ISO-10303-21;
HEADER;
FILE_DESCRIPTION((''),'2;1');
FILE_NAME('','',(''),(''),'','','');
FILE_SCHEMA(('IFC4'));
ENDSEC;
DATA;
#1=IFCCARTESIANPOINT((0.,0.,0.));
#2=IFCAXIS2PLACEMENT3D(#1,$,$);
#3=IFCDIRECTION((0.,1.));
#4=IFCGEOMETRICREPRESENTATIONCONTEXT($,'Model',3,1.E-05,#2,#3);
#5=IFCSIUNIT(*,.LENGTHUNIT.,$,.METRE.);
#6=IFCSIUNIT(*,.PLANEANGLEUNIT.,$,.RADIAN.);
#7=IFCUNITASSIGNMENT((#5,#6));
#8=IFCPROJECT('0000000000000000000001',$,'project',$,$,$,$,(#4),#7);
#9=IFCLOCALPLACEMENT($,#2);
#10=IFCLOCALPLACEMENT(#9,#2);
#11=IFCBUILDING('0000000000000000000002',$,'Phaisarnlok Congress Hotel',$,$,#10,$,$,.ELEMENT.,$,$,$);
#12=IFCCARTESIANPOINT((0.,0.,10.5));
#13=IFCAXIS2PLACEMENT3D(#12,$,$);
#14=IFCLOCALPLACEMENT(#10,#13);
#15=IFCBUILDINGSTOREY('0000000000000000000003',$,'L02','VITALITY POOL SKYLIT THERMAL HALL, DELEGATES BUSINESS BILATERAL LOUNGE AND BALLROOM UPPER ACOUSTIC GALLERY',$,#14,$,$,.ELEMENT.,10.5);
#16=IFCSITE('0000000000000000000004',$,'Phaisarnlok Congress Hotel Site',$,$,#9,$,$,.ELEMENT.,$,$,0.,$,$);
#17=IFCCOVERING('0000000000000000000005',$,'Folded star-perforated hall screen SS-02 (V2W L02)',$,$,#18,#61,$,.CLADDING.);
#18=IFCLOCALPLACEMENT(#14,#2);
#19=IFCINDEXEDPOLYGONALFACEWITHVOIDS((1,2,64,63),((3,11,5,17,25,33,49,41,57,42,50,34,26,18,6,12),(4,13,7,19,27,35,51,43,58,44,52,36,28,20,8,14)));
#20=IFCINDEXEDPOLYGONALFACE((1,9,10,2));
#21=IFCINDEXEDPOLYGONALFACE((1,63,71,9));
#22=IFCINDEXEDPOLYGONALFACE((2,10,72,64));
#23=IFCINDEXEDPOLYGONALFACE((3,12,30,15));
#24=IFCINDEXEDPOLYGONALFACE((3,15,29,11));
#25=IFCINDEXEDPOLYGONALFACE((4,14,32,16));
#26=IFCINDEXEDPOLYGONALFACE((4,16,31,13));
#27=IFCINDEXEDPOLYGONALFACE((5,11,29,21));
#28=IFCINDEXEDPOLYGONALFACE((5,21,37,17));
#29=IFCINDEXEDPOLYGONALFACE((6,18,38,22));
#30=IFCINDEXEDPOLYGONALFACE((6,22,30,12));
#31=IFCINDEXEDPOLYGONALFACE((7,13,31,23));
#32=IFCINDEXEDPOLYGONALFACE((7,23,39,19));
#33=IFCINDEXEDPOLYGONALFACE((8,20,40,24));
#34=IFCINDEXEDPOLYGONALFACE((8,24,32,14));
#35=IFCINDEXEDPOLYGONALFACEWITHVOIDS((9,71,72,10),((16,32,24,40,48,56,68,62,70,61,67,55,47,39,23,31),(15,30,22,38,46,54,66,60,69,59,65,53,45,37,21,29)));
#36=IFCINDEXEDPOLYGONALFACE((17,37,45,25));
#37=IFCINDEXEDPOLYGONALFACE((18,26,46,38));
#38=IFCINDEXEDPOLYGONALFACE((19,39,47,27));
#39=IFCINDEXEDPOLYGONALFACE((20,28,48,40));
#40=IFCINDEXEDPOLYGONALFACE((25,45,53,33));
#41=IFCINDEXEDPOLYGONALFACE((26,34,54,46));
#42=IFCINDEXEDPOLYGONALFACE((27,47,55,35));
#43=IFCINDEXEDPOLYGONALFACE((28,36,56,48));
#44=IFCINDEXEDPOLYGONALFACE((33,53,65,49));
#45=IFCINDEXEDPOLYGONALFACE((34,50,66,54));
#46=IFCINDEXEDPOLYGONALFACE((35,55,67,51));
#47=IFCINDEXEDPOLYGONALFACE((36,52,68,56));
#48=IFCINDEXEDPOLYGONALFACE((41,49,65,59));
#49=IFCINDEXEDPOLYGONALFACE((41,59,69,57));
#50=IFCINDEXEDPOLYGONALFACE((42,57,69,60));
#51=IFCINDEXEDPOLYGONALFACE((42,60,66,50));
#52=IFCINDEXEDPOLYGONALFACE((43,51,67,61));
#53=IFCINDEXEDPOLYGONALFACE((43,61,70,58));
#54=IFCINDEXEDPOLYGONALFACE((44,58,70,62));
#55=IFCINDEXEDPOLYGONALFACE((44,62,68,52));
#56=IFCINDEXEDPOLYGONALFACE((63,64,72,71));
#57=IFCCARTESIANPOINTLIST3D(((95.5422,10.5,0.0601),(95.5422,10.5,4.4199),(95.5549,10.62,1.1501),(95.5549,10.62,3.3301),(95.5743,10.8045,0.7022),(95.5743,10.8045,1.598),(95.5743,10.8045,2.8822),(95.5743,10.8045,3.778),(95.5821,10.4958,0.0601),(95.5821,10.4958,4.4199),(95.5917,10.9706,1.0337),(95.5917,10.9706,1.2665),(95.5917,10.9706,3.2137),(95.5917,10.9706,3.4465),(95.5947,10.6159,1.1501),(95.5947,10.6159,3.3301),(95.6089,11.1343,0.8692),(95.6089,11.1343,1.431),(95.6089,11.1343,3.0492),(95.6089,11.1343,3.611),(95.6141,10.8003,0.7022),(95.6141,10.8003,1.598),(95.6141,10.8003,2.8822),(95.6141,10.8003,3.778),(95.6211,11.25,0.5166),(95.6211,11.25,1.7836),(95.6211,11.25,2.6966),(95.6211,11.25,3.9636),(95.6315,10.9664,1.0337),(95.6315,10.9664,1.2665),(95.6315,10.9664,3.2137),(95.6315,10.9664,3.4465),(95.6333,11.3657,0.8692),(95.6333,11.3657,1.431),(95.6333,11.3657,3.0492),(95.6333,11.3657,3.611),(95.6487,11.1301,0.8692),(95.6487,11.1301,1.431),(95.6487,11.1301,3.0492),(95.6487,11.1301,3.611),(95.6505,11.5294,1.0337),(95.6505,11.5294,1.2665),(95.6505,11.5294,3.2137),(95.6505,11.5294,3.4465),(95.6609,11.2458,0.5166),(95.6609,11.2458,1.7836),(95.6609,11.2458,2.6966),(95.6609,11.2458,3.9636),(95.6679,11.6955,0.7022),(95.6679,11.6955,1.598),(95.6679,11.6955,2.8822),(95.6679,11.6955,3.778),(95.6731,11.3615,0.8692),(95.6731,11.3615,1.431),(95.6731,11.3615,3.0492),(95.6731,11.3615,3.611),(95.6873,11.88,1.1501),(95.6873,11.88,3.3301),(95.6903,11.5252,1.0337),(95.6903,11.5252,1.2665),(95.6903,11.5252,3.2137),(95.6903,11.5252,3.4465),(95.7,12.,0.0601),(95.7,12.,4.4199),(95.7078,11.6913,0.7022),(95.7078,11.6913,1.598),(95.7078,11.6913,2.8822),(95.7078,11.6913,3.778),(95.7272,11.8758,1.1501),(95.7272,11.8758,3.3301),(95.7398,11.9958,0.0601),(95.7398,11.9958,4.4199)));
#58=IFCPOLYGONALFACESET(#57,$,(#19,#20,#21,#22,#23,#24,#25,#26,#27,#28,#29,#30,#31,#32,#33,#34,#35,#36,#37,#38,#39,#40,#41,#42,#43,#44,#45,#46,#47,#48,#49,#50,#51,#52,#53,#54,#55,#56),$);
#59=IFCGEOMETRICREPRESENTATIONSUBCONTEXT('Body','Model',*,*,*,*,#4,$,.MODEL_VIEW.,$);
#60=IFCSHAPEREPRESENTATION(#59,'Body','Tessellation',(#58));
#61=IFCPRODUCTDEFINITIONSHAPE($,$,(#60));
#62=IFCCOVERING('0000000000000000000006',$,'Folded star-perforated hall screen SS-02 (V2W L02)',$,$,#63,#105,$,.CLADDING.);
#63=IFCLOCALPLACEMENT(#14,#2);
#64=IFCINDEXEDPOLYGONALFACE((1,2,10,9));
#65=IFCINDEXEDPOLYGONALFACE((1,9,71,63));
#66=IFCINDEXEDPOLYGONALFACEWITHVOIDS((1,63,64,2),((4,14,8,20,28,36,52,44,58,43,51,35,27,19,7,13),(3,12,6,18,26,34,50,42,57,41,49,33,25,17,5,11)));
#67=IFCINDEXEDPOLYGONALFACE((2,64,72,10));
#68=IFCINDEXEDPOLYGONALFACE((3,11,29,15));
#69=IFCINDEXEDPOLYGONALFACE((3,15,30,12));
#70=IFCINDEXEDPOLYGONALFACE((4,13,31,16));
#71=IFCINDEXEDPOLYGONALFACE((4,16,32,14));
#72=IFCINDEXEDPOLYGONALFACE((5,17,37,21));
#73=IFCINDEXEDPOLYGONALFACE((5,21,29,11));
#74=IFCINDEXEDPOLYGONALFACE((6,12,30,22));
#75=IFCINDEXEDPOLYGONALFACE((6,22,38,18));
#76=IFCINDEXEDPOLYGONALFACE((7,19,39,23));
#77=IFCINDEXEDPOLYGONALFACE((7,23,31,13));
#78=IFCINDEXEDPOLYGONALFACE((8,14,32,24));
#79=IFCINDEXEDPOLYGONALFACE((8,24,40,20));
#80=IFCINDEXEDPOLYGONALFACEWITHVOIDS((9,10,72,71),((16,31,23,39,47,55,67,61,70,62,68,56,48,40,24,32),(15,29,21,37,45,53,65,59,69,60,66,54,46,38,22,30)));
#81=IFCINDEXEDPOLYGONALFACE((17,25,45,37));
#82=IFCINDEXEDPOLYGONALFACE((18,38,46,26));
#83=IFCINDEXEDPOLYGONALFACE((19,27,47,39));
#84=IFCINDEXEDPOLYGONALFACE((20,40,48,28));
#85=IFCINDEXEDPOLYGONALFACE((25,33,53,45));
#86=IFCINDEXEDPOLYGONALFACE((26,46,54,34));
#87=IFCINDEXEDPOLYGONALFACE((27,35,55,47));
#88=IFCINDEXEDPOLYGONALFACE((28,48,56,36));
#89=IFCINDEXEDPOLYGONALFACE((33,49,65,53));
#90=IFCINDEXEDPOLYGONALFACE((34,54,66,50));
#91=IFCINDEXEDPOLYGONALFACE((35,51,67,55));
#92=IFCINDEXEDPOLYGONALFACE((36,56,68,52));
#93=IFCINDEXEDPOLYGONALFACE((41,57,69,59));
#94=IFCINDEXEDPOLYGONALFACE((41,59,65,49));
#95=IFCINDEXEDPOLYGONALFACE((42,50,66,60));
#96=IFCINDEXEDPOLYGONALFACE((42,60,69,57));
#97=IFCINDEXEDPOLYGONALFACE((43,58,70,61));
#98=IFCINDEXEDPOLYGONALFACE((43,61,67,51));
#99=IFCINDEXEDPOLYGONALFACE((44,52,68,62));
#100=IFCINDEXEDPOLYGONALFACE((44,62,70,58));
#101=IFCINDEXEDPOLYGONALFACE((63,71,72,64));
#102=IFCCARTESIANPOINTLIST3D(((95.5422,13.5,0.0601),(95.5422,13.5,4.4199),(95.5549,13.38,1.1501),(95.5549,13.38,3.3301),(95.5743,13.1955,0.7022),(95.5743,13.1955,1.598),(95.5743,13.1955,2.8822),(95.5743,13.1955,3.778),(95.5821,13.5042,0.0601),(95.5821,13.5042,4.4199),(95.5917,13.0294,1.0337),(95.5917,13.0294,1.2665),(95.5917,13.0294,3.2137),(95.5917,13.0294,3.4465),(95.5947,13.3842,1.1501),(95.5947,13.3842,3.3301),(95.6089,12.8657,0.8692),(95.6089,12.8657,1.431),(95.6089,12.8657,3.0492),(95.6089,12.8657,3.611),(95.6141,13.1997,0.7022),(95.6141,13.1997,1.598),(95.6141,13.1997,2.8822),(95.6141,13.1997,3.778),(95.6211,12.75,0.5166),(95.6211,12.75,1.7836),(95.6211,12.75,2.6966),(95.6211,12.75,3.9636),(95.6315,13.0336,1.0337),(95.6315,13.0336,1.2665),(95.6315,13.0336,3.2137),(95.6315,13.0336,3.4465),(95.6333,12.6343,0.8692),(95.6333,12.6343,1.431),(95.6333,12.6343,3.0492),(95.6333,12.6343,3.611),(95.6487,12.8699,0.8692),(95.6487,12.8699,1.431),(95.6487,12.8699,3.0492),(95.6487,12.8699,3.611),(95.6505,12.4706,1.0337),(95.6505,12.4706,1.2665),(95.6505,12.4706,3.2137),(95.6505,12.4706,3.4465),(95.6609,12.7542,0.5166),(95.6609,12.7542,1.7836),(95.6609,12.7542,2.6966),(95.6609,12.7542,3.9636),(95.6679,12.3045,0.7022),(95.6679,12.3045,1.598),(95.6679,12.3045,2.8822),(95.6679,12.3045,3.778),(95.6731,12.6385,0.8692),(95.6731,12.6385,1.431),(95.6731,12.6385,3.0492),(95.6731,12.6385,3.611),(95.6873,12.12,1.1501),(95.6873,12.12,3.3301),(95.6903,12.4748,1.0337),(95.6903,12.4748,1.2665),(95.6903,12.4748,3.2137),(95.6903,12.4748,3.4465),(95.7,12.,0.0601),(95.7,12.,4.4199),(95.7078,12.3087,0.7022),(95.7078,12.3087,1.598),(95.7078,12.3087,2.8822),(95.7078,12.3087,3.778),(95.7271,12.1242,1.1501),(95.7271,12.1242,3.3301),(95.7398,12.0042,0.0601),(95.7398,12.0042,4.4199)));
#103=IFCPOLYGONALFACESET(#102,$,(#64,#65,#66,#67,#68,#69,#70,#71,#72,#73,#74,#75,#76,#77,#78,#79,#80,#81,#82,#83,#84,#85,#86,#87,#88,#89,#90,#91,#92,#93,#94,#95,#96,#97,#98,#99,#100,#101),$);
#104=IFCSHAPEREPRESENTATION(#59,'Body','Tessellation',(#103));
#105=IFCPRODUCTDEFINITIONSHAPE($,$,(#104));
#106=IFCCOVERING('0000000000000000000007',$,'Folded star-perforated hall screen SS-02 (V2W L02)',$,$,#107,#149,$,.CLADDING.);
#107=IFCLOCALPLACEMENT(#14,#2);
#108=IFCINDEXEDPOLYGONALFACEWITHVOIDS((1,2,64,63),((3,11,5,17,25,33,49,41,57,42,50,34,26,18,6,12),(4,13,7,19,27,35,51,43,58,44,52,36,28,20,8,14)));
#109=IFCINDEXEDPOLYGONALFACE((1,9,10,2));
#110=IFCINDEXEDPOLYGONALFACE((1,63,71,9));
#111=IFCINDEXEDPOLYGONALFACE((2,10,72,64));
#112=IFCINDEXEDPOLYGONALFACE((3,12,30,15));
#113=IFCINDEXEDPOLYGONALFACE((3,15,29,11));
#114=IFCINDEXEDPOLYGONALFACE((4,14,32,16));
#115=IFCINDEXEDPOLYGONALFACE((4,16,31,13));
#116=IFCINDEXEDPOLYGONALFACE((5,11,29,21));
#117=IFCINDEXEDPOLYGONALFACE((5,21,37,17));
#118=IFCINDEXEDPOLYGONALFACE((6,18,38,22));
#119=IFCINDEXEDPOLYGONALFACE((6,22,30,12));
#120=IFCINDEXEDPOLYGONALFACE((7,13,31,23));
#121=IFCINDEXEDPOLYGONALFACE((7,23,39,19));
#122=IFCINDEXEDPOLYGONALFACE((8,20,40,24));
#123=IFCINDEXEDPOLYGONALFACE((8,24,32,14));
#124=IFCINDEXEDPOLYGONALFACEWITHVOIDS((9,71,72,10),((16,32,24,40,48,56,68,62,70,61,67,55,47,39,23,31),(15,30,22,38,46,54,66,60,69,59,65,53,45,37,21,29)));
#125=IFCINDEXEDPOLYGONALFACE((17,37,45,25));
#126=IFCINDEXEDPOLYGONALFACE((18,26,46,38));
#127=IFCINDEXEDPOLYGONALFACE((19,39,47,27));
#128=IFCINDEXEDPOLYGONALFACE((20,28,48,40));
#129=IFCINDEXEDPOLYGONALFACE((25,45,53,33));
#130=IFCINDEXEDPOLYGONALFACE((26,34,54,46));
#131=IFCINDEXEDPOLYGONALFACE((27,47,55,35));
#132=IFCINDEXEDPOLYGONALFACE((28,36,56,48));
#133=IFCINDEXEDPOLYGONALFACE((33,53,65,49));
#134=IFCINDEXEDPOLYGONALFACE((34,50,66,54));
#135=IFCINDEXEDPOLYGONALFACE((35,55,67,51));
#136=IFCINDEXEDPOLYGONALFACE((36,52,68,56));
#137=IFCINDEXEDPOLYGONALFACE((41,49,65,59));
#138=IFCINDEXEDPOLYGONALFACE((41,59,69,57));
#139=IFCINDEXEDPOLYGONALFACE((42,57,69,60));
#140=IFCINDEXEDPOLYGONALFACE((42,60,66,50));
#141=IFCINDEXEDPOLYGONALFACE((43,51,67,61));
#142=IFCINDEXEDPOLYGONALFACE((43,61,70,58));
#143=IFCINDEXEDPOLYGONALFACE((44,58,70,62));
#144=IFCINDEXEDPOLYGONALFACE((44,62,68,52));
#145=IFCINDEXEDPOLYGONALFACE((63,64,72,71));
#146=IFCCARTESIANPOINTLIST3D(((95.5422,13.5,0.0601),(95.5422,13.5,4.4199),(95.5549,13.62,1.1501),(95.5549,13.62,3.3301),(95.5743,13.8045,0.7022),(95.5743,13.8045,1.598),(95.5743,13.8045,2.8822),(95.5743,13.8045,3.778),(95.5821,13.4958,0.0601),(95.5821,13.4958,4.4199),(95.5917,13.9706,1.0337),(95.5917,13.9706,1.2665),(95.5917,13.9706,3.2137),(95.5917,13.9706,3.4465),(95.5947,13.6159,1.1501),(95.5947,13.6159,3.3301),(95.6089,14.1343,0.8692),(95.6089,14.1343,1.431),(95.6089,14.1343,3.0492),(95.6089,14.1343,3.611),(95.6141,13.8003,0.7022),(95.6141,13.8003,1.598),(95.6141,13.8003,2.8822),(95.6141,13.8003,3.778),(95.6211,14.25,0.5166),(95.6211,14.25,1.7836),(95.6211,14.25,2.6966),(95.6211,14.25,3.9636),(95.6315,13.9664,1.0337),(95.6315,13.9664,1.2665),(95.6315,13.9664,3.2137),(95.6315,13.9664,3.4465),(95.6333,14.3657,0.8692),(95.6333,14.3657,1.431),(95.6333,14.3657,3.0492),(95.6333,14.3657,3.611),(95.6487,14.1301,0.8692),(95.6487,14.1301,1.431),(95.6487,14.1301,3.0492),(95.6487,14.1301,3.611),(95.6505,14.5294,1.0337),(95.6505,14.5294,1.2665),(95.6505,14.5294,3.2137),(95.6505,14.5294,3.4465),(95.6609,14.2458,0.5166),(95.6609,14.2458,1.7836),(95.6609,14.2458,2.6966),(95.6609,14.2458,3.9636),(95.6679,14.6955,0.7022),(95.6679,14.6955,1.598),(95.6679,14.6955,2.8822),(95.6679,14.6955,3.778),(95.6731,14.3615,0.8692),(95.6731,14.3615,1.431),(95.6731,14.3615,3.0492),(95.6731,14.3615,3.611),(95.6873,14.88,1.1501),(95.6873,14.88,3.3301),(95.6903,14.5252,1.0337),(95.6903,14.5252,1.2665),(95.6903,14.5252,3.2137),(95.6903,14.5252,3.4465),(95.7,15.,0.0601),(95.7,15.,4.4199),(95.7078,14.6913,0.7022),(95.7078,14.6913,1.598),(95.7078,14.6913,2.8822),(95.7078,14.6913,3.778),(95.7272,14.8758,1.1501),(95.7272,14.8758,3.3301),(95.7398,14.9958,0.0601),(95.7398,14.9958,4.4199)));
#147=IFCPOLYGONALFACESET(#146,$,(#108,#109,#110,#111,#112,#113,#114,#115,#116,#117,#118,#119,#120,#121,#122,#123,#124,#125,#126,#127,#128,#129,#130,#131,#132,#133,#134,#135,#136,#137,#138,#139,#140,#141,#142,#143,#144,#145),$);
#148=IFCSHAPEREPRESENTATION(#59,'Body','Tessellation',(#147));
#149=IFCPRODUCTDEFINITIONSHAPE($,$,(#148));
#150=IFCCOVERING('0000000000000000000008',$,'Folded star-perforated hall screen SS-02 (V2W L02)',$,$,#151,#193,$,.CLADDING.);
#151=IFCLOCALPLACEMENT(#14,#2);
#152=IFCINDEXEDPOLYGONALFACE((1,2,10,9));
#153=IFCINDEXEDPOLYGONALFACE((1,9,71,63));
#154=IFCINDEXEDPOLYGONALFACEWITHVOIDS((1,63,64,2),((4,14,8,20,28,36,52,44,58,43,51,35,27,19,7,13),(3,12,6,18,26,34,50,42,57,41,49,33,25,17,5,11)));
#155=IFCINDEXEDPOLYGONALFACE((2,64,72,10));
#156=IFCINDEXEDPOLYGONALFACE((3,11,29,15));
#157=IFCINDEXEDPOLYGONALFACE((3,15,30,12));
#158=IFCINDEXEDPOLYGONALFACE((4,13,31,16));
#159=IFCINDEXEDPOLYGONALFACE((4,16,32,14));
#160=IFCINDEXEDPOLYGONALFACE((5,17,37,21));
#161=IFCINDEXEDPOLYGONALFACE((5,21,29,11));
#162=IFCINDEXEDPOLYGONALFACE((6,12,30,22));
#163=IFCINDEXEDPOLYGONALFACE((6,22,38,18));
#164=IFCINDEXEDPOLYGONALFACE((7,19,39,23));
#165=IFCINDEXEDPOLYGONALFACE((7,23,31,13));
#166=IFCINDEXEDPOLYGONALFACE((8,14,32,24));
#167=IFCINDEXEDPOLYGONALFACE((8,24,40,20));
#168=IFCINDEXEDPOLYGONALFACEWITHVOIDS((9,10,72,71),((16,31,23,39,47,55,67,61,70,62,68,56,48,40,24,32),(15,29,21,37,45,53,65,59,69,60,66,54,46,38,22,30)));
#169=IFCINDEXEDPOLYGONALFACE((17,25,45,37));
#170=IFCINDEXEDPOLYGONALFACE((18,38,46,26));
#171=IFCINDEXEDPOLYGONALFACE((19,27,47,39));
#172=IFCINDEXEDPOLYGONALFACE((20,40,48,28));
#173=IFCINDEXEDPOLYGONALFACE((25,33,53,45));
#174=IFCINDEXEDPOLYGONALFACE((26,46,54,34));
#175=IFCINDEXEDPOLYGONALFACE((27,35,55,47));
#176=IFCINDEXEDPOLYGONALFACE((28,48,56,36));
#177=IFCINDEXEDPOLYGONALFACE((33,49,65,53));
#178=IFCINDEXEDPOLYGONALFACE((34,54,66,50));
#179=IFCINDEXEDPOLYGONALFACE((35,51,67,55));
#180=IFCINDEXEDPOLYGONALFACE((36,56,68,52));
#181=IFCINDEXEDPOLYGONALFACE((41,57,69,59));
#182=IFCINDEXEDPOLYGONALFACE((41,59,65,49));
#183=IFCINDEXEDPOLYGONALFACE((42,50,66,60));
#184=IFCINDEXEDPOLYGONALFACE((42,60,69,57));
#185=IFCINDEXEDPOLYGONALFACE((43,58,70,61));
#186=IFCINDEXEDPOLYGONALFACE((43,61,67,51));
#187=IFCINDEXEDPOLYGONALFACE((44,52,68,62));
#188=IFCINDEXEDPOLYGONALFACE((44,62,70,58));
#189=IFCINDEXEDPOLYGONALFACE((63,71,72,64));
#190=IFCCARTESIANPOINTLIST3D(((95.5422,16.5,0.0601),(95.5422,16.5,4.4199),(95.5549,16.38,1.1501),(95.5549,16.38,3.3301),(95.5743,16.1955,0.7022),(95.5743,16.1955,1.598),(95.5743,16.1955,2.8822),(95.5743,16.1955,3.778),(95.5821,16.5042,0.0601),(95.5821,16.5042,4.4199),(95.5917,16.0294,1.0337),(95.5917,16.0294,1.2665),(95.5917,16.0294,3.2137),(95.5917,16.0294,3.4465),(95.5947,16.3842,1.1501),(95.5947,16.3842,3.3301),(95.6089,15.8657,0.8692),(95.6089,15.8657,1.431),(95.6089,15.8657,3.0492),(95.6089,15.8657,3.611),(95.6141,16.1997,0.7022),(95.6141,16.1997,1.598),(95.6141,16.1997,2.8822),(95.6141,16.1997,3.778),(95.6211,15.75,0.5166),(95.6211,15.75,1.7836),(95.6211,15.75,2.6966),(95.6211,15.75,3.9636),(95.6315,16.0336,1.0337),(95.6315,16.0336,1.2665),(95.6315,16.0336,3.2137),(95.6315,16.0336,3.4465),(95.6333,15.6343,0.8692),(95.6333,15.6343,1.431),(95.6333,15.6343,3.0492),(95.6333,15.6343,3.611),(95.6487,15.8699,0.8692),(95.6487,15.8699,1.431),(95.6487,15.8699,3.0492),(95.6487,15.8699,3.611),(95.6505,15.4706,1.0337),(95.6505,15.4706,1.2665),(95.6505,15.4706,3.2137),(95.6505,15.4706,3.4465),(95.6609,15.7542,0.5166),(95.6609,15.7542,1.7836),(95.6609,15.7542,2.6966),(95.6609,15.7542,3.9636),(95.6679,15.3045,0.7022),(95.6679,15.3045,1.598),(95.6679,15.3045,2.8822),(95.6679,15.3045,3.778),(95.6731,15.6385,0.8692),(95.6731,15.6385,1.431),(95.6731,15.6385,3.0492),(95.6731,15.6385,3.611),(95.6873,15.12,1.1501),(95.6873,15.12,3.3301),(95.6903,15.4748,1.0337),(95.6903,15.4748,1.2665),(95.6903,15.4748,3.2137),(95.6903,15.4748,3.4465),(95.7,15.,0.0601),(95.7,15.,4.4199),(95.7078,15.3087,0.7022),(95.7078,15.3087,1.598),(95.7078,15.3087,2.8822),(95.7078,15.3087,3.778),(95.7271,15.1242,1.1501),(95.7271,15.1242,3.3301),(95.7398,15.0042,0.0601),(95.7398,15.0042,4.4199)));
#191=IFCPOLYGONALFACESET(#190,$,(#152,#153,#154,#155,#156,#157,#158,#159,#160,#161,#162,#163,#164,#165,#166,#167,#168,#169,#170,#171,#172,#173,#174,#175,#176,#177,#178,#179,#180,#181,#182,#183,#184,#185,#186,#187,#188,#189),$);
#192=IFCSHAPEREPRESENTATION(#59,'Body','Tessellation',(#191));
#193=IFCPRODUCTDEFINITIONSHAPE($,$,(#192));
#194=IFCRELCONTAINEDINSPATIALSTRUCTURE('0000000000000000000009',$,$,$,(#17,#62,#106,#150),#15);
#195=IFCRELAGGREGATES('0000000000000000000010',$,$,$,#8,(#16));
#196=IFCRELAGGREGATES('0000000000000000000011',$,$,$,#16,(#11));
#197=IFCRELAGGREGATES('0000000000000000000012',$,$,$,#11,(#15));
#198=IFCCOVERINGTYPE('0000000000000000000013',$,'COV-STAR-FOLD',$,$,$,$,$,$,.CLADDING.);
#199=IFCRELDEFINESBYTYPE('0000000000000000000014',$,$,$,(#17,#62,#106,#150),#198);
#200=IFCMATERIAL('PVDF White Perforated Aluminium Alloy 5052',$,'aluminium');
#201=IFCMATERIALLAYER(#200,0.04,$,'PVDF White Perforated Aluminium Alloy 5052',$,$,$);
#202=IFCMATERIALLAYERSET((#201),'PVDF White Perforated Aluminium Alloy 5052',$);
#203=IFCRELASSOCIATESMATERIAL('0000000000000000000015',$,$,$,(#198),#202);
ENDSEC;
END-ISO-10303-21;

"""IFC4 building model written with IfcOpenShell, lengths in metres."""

from ifc_helpers import new_model, si_unit, direction, frame, origin, place, context, subcontext, project, spatial, polyline, outline, extrude, material, layer, layer_set, type_object, element, save


model = new_model("IFC4")

# Units and contexts
model_context = context("Model", 3, precision=1e-05, world=origin(), true_north=direction((0.0, 1.0)))
body_context = subcontext(model_context, "Body", "Model", "MODEL_VIEW")
ifc_project = project(units=[si_unit("LENGTHUNIT", "METRE"), si_unit("PLANEANGLEUNIT", "RADIAN")], contexts=[model_context])

# Site, building, storey
site_placement = place(None, origin())
site = spatial("IfcSite", under=ifc_project, at=site_placement, Name="Phaisarnlok Congress Hotel Site", CompositionType="ELEMENT", RefElevation=0.0)
building_placement = place(site_placement, origin())
building = spatial("IfcBuilding", under=site, at=building_placement, Name="Phaisarnlok Congress Hotel", CompositionType="ELEMENT")
storey_placement = place(building_placement, frame((0.0, 0.0, 10.5)))
storey = spatial("IfcBuildingStorey", under=building, at=storey_placement, Name="L02", Description="VITALITY POOL SKYLIT THERMAL HALL, DELEGATES BUSINESS BILATERAL LOUNGE AND BALLROOM UPPER ACOUSTIC GALLERY", CompositionType="ELEMENT", Elevation=10.5)

# Coverings
ifc_material_1 = material(Name="PVDF White Perforated Aluminium Alloy 5052", Category="aluminium")
ifc_layer_1 = layer(ifc_material_1, 0.04, Name="PVDF White Perforated Aluminium Alloy 5052")
ifc_layer_set_1 = layer_set([ifc_layer_1], Name="PVDF White Perforated Aluminium Alloy 5052")
covering_type = type_object("IfcCoveringType", Name="COV-STAR-FOLD", PredefinedType="CLADDING", material=ifc_layer_set_1)
for number, where, z_axis, x_axis, name in (
    (1, (95.5422, 10.5, 0.0601), (0.994518, -0.104567, 0.0), (0.104567, 0.994518, 0.0), "Folded star-perforated hall screen SS-02 (V2W L02)"),
    (2, (95.7, 12.0, 0.0601), (0.994518, 0.104567, 0.0), (-0.104567, 0.994518, 0.0), "Folded star-perforated hall screen SS-02 (V2W L02)"),
    (3, (95.5422, 13.5, 0.0601), (0.994518, -0.104567, 0.0), (0.104567, 0.994518, 0.0), "Folded star-perforated hall screen SS-02 (V2W L02)"),
    (4, (95.7, 15.0, 0.0601), (0.994518, 0.104567, 0.0), (-0.104567, 0.994518, 0.0), "Folded star-perforated hall screen SS-02 (V2W L02)"),
):
    element("IfcCovering", number, at=place(storey_placement, frame(where, z_axis=z_axis, x_axis=x_axis)), inside=storey, type_object=covering_type, Name=name, PredefinedType="CLADDING", context=body_context, shape_type="SweptSolid", body=[
        extrude(outline(polyline([(0.0, 0.0), (1.5083, 0.0), (1.5083, 4.3599), (0.0, 4.3599), (0.0, 0.0)]), holes=[polyline([(1.0351, 0.9736), (1.2021, 0.6421), (0.8705, 0.8091), (0.7541, 0.4565), (0.6378, 0.8091), (0.3062, 0.6421), (0.4732, 0.9736), (0.1207, 1.09), (0.4732, 1.2064), (0.3062, 1.5379), (0.6378, 1.3709), (0.7541, 1.7235), (0.8705, 1.3709), (1.2021, 1.5379), (1.0351, 1.2064), (1.3876, 1.09), (1.0351, 0.9736)]), polyline([(1.0351, 3.1536), (1.2021, 2.8221), (0.8705, 2.9891), (0.7541, 2.6365), (0.6378, 2.9891), (0.3062, 2.8221), (0.4732, 3.1536), (0.1207, 3.27), (0.4732, 3.3864), (0.3062, 3.7179), (0.6378, 3.5509), (0.7541, 3.9035), (0.8705, 3.5509), (1.2021, 3.7179), (1.0351, 3.3864), (1.3876, 3.27), (1.0351, 3.1536)])]), origin(), (0.0, 0.0, 1.0), 0.04),
    ])

save(model, "model.ifc")
